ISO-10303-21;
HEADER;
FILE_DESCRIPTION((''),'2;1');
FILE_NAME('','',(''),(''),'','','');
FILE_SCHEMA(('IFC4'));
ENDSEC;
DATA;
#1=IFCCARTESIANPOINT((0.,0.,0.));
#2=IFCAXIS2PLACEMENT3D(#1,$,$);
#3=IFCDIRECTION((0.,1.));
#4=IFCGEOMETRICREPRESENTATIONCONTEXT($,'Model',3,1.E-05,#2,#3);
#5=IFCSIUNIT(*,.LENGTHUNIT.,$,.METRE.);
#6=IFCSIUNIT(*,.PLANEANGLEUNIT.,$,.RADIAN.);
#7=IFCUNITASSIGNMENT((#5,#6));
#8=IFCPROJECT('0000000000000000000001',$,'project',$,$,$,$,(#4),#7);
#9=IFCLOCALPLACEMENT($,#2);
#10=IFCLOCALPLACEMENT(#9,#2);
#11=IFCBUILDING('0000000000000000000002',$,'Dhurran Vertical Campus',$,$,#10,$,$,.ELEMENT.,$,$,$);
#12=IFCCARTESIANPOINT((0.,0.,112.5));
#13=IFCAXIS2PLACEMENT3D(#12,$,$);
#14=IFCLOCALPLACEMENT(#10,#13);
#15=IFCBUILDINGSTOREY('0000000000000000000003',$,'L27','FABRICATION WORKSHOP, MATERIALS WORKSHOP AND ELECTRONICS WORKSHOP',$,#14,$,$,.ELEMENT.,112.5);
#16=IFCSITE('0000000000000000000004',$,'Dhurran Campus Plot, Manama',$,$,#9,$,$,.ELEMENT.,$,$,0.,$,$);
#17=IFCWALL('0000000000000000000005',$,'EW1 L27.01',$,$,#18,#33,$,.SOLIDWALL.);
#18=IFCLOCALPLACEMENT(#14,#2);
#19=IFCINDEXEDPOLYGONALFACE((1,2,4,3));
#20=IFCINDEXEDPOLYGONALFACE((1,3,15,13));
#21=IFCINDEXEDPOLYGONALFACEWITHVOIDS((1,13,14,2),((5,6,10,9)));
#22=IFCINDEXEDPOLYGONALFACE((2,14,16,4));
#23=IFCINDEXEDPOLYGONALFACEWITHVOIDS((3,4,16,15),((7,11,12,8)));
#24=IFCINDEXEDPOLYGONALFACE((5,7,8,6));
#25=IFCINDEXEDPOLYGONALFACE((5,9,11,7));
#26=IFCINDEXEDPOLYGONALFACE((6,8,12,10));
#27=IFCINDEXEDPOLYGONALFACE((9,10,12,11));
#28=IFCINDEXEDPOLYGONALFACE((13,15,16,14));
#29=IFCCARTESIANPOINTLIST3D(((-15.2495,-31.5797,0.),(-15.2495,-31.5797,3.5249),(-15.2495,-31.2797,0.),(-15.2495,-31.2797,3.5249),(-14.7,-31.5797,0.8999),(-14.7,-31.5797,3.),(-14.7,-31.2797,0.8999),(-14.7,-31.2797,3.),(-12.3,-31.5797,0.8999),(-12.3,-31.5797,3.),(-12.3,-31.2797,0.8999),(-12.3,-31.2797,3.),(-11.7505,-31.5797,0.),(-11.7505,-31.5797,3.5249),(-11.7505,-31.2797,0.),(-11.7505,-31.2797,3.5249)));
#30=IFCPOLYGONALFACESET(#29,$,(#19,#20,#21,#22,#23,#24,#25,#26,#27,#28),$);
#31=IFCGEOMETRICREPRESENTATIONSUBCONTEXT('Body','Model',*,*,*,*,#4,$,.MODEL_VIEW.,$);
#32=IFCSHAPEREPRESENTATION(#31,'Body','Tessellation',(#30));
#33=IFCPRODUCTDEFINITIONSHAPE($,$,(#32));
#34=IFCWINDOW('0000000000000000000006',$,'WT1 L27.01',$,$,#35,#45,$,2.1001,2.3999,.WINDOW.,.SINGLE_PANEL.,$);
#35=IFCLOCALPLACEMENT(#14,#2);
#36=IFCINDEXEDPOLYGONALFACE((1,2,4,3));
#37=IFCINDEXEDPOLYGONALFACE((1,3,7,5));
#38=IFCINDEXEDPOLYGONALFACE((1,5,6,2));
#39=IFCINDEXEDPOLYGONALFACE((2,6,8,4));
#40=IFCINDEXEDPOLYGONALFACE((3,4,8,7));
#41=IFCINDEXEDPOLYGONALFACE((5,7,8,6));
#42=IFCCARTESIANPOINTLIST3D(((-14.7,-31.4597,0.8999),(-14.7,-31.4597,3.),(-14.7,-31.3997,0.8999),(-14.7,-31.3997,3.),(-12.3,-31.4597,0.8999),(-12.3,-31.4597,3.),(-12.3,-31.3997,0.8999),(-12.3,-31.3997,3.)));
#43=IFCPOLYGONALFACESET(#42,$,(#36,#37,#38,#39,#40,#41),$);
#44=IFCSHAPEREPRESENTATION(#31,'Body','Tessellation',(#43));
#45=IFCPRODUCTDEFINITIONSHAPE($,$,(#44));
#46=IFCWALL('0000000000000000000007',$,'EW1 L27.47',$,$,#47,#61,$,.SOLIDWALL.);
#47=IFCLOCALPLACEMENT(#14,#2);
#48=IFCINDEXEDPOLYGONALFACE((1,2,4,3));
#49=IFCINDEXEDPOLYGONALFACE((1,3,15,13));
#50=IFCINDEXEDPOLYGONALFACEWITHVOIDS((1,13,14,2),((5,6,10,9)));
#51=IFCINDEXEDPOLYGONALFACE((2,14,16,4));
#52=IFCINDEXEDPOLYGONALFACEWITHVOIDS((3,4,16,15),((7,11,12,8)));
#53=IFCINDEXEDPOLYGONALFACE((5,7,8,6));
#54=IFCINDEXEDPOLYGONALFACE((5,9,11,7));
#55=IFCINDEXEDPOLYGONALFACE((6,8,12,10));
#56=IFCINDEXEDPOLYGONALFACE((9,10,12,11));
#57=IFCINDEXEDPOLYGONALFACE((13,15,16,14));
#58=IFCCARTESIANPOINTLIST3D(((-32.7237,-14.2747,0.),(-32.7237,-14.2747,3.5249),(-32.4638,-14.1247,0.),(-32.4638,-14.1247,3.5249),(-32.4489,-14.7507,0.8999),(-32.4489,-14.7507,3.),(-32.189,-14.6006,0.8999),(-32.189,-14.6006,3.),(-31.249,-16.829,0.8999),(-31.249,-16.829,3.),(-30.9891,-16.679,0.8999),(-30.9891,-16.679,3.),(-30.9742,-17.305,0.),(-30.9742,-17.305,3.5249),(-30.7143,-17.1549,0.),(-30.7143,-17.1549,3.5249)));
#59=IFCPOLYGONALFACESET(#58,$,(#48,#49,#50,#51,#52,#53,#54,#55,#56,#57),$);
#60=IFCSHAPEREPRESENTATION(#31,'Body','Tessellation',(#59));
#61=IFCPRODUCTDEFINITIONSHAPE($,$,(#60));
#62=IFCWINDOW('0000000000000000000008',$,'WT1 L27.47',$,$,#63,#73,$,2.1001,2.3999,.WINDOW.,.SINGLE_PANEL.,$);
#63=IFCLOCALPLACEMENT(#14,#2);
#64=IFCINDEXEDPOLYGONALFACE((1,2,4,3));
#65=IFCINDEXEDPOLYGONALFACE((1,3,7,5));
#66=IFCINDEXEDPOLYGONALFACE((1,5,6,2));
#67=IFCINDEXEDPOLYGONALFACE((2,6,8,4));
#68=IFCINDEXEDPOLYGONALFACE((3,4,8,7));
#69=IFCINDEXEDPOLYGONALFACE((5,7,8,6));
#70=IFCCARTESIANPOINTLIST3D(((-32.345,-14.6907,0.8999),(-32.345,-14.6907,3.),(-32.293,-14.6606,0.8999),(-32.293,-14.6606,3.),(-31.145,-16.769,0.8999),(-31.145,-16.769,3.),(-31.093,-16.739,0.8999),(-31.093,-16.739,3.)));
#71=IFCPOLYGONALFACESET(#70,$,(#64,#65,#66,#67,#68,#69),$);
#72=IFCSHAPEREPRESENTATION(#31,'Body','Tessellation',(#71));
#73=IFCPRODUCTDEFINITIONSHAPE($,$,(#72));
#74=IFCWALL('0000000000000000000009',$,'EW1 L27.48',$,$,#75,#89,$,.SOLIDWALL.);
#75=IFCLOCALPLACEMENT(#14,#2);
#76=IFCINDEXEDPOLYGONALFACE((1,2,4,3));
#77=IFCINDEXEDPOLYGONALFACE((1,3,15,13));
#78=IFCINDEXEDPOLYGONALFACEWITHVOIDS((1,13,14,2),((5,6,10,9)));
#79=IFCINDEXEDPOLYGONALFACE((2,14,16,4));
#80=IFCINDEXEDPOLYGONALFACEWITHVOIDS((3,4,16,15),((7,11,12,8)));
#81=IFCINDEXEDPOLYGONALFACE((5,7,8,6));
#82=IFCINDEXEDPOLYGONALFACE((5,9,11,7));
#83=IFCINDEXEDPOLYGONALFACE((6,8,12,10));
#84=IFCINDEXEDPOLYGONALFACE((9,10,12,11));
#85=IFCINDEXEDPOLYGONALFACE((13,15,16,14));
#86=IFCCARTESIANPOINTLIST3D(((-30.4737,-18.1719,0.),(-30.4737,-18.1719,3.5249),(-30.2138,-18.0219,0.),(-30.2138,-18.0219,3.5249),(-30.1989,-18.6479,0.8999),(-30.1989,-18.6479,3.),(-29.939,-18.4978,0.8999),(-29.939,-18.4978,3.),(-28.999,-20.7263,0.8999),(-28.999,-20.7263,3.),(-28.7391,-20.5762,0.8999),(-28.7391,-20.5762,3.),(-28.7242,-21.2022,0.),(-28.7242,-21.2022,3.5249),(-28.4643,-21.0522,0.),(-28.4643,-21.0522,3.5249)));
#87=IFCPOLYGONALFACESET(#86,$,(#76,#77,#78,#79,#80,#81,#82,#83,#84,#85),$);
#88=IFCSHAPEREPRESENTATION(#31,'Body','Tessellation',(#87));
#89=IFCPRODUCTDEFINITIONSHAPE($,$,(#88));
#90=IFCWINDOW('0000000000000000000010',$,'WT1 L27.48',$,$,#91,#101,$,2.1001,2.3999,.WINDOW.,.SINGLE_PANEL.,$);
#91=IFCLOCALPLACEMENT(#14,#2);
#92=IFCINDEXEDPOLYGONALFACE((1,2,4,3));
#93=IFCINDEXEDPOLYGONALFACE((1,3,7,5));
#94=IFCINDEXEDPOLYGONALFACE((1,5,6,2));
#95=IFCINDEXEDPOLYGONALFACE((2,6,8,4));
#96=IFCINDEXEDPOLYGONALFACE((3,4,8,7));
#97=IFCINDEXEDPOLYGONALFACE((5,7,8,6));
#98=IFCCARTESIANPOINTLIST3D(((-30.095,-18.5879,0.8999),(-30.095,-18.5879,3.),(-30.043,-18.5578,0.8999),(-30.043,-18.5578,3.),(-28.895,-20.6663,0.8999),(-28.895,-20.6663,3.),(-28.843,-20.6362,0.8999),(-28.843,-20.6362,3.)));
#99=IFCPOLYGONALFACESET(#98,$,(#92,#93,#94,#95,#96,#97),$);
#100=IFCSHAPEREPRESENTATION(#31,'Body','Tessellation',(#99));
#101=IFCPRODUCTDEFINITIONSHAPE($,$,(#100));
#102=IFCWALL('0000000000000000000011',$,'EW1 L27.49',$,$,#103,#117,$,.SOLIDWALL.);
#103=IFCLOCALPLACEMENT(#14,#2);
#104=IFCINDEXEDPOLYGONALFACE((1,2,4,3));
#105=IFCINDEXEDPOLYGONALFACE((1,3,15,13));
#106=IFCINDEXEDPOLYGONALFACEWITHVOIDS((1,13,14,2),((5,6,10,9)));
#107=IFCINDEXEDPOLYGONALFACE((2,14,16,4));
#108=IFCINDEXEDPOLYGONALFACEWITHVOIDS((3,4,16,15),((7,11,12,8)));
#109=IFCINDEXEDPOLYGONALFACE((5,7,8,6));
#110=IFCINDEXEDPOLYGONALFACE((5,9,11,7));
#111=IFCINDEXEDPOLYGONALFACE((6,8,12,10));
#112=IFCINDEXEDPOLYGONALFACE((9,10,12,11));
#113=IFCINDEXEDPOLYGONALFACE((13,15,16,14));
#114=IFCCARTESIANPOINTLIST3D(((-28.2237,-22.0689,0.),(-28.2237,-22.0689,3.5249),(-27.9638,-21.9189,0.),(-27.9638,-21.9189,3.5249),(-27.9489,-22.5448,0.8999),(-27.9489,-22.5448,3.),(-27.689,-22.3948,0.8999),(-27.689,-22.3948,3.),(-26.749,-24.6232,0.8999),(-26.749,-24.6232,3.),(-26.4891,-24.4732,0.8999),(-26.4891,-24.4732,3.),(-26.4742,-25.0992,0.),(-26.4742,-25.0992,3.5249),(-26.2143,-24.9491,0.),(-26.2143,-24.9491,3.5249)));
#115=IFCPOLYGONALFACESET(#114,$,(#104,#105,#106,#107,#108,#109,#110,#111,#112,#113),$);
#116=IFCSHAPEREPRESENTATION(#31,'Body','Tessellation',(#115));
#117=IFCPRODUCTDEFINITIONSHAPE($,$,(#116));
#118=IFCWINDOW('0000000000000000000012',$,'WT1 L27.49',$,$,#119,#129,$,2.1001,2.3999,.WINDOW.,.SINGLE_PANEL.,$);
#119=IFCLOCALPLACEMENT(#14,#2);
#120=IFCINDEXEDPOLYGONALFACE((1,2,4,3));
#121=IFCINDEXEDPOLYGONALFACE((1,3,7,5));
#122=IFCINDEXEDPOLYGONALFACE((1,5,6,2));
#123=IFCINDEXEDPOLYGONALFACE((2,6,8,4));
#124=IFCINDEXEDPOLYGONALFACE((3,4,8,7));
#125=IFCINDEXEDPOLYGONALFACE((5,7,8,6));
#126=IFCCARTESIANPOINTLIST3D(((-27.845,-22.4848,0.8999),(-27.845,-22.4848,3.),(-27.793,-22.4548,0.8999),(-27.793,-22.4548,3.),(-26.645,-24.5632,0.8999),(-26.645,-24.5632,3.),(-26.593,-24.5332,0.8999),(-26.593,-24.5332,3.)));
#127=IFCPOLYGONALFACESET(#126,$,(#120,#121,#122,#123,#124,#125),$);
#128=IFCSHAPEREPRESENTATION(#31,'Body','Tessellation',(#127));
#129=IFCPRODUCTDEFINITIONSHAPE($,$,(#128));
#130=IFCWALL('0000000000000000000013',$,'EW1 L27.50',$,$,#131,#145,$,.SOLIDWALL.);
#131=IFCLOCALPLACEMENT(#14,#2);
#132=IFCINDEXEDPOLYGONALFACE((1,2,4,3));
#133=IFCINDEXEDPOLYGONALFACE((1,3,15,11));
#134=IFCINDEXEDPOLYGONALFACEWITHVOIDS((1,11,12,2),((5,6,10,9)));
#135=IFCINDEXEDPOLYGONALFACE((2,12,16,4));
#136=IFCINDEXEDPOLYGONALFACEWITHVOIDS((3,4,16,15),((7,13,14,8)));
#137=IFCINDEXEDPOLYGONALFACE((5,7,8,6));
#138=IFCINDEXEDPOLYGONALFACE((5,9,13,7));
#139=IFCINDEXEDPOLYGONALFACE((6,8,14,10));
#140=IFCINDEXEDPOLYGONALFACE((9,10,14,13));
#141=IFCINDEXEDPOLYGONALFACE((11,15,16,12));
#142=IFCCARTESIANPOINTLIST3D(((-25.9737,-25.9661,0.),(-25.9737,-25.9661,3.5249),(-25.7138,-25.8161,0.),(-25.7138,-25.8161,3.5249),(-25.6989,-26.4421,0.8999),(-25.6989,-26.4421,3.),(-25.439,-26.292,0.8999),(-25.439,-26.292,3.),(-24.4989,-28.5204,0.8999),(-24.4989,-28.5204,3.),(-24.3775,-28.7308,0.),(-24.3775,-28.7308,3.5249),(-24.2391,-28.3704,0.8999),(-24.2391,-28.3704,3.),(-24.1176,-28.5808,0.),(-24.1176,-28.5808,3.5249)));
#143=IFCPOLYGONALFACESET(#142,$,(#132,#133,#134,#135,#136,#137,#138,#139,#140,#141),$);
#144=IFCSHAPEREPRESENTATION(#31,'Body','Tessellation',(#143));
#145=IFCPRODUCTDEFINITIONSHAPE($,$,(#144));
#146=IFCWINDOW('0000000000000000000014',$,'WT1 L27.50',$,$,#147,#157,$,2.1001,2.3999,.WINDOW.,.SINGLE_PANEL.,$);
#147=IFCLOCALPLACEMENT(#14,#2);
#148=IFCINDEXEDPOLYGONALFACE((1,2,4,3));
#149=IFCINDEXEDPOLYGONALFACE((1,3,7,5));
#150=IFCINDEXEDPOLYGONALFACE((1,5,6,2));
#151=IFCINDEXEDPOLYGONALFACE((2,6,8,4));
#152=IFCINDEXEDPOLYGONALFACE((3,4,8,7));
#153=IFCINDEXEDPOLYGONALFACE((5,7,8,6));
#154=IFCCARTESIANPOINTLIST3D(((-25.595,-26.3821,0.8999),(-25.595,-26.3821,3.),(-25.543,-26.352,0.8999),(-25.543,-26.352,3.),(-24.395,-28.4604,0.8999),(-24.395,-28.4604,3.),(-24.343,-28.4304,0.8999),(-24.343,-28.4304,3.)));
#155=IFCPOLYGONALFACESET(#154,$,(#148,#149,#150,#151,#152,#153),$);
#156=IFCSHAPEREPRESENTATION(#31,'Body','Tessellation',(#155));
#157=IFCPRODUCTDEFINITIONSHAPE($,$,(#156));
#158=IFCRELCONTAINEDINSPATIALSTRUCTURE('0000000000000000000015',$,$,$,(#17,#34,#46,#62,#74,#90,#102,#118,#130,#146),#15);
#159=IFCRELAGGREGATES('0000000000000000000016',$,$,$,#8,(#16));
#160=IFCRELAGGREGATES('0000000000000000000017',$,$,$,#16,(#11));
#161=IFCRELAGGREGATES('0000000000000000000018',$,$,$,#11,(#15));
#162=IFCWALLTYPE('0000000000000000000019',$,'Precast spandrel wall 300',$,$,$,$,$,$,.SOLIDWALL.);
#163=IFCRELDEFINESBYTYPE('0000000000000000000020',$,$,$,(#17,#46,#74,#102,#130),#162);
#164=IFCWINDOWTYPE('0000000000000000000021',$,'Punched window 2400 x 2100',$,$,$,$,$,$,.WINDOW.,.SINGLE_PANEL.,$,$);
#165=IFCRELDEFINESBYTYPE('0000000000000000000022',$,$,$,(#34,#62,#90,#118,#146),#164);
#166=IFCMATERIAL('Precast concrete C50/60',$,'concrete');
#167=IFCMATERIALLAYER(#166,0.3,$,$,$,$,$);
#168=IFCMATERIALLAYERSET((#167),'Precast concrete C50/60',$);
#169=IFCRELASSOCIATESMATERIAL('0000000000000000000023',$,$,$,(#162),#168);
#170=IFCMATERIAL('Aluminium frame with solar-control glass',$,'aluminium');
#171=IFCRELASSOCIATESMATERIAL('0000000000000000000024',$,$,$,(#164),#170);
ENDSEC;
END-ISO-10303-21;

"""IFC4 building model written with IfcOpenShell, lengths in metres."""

from ifc_helpers import new_model, si_unit, direction, frame, frame_2d, origin, place, context, subcontext, project, spatial, rectangle, extrude, material, layer, layer_set, type_object, element, fill, save


model = new_model("IFC4")

# Units and contexts
model_context = context("Model", 3, precision=1e-05, world=origin(), true_north=direction((0.0, 1.0)))
body_context = subcontext(model_context, "Body", "Model", "MODEL_VIEW")
ifc_project = project(units=[si_unit("LENGTHUNIT", "METRE"), si_unit("PLANEANGLEUNIT", "RADIAN")], contexts=[model_context])

# Site, building, storey
site_placement = place(None, origin())
site = spatial("IfcSite", under=ifc_project, at=site_placement, Name="Dhurran Campus Plot, Manama", CompositionType="ELEMENT", RefElevation=0.0)
building_placement = place(site_placement, origin())
building = spatial("IfcBuilding", under=site, at=building_placement, Name="Dhurran Vertical Campus", CompositionType="ELEMENT")
storey_placement = place(building_placement, frame((0.0, 0.0, 112.5)))
storey = spatial("IfcBuildingStorey", under=building, at=storey_placement, Name="L27", Description="FABRICATION WORKSHOP, MATERIALS WORKSHOP AND ELECTRONICS WORKSHOP", CompositionType="ELEMENT", Elevation=112.5)

# Walls, openings, windows
ifc_material_1 = material(Name="Precast concrete C50/60", Category="concrete")
ifc_layer_1 = layer(ifc_material_1, 0.3)
ifc_layer_set_1 = layer_set([ifc_layer_1], Name="Precast concrete C50/60")
wall_type_1 = type_object("IfcWallType", Name="Precast spandrel wall 300", PredefinedType="SOLIDWALL", material=ifc_layer_set_1)
ifc_material_2 = material(Name="Aluminium frame with solar-control glass", Category="aluminium")
window_type = type_object("IfcWindowType", Name="Punched window 2400 x 2100", PartitioningType="SINGLE_PANEL", PredefinedType="WINDOW", material=ifc_material_2)
wall_1_placement = place(storey_placement, frame((-15.2495, -31.4297, 0.0), z_axis=(0.0, 0.0, 1.0), x_axis=(1.0, 0.0, 0.0)))
wall_1 = element("IfcWall", 1, at=wall_1_placement, inside=storey, type_object=wall_type_1, Name="EW1 L27.01", PredefinedType="SOLIDWALL", context=body_context, shape_type="SweptSolid", body=[
    extrude(rectangle(XDim=3.499, YDim=0.3, at=frame_2d((1.7495, 0.0))), origin(), (0.0, 0.0, 1.0), 3.5249),
])
opening_1_placement = place(wall_1_placement, frame((0.5496, 0.0, 0.8999)))
opening_1 = element("IfcOpeningElement", 2, at=opening_1_placement, cuts=wall_1, PredefinedType="OPENING", context=body_context, shape_type="SweptSolid", body=[
    extrude(rectangle(XDim=2.3999, YDim=2.1001, at=frame_2d((1.2, 1.05))), frame((0.0, 0.1599, 0.0), z_axis=(0.0, -1.0, 0.0), x_axis=(1.0, 0.0, 0.0)), (0.0, 0.0, 1.0), 0.3201),
])
window_1_placement = place(opening_1_placement, origin())
window_1 = element("IfcWindow", 3, at=window_1_placement, inside=storey, type_object=window_type, Name="WT1 L27.01", OverallHeight=2.1001, OverallWidth=2.3999, PartitioningType="SINGLE_PANEL", PredefinedType="WINDOW", context=body_context, shape_type="SweptSolid", body=[
    extrude(rectangle(XDim=2.3999, YDim=2.1001, at=frame_2d((1.2, 1.05))), frame((0.0, 0.03, 0.0), z_axis=(0.0, -1.0, 0.0), x_axis=(1.0, 0.0, 0.0)), (0.0, 0.0, 1.0), 0.0601),
])
fill(opening_1, window_1)
wall_2_placement = place(storey_placement, frame((-32.5938, -14.1997, 0.0), z_axis=(0.0, 0.0, 1.0), x_axis=(0.499996, -0.866028, 0.0)))
wall_2 = element("IfcWall", 4, at=wall_2_placement, inside=storey, type_object=wall_type_1, Name="EW1 L27.47", PredefinedType="SOLIDWALL", context=body_context, shape_type="SweptSolid", body=[
    extrude(rectangle(XDim=3.499, YDim=0.3, at=frame_2d((1.7495, 0.0))), origin(), (0.0, 0.0, 1.0), 3.5249),
])
opening_2_placement = place(wall_2_placement, frame((0.5496, 0.0, 0.8999)))
opening_2 = element("IfcOpeningElement", 5, at=opening_2_placement, cuts=wall_2, PredefinedType="OPENING", context=body_context, shape_type="SweptSolid", body=[
    extrude(rectangle(XDim=2.3999, YDim=2.1001, at=frame_2d((1.2, 1.05))), frame((0.0, 0.1599, 0.0), z_axis=(0.0, -1.0, 0.0), x_axis=(1.0, 0.0, 0.0)), (0.0, 0.0, 1.0), 0.3201),
])
window_2_placement = place(opening_2_placement, origin())
window_2 = element("IfcWindow", 6, at=window_2_placement, inside=storey, type_object=window_type, Name="WT1 L27.47", OverallHeight=2.1001, OverallWidth=2.3999, PartitioningType="SINGLE_PANEL", PredefinedType="WINDOW", context=body_context, shape_type="SweptSolid", body=[
    extrude(rectangle(XDim=2.3999, YDim=2.1001, at=frame_2d((1.2, 1.05))), frame((0.0, 0.03, 0.0), z_axis=(0.0, -1.0, 0.0), x_axis=(1.0, 0.0, 0.0)), (0.0, 0.0, 1.0), 0.0601),
])
fill(opening_2, window_2)
wall_3_placement = place(storey_placement, frame((-30.3438, -18.0969, 0.0), z_axis=(0.0, 0.0, 1.0), x_axis=(0.499996, -0.866028, 0.0)))
wall_3 = element("IfcWall", 7, at=wall_3_placement, inside=storey, type_object=wall_type_1, Name="EW1 L27.48", PredefinedType="SOLIDWALL", context=body_context, shape_type="SweptSolid", body=[
    extrude(rectangle(XDim=3.499, YDim=0.3, at=frame_2d((1.7495, 0.0))), origin(), (0.0, 0.0, 1.0), 3.5249),
])
opening_3_placement = place(wall_3_placement, frame((0.5496, 0.0, 0.8999)))
opening_3 = element("IfcOpeningElement", 8, at=opening_3_placement, cuts=wall_3, PredefinedType="OPENING", context=body_context, shape_type="SweptSolid", body=[
    extrude(rectangle(XDim=2.3999, YDim=2.1001, at=frame_2d((1.2, 1.05))), frame((0.0, 0.1599, 0.0), z_axis=(0.0, -1.0, 0.0), x_axis=(1.0, 0.0, 0.0)), (0.0, 0.0, 1.0), 0.3201),
])
window_3_placement = place(opening_3_placement, origin())
window_3 = element("IfcWindow", 9, at=window_3_placement, inside=storey, type_object=window_type, Name="WT1 L27.48", OverallHeight=2.1001, OverallWidth=2.3999, PartitioningType="SINGLE_PANEL", PredefinedType="WINDOW", context=body_context, shape_type="SweptSolid", body=[
    extrude(rectangle(XDim=2.3999, YDim=2.1001, at=frame_2d((1.2, 1.05))), frame((0.0, 0.03, 0.0), z_axis=(0.0, -1.0, 0.0), x_axis=(1.0, 0.0, 0.0)), (0.0, 0.0, 1.0), 0.0601),
])
fill(opening_3, window_3)
wall_4_placement = place(storey_placement, frame((-28.0938, -21.9939, 0.0), z_axis=(0.0, 0.0, 1.0), x_axis=(0.499996, -0.866028, 0.0)))
wall_4 = element("IfcWall", 10, at=wall_4_placement, inside=storey, type_object=wall_type_1, Name="EW1 L27.49", PredefinedType="SOLIDWALL", context=body_context, shape_type="SweptSolid", body=[
    extrude(rectangle(XDim=3.499, YDim=0.3, at=frame_2d((1.7495, 0.0))), origin(), (0.0, 0.0, 1.0), 3.5249),
])
opening_4_placement = place(wall_4_placement, frame((0.5496, 0.0, 0.8999)))
opening_4 = element("IfcOpeningElement", 11, at=opening_4_placement, cuts=wall_4, PredefinedType="OPENING", context=body_context, shape_type="SweptSolid", body=[
    extrude(rectangle(XDim=2.3999, YDim=2.1001, at=frame_2d((1.2, 1.05))), frame((0.0, 0.1599, 0.0), z_axis=(0.0, -1.0, 0.0), x_axis=(1.0, 0.0, 0.0)), (0.0, 0.0, 1.0), 0.3201),
])
window_4_placement = place(opening_4_placement, origin())
window_4 = element("IfcWindow", 12, at=window_4_placement, inside=storey, type_object=window_type, Name="WT1 L27.49", OverallHeight=2.1001, OverallWidth=2.3999, PartitioningType="SINGLE_PANEL", PredefinedType="WINDOW", context=body_context, shape_type="SweptSolid", body=[
    extrude(rectangle(XDim=2.3999, YDim=2.1001, at=frame_2d((1.2, 1.05))), frame((0.0, 0.03, 0.0), z_axis=(0.0, -1.0, 0.0), x_axis=(1.0, 0.0, 0.0)), (0.0, 0.0, 1.0), 0.0601),
])
fill(opening_4, window_4)
wall_5_placement = place(storey_placement, frame((-25.8438, -25.8911, 0.0), z_axis=(0.0, 0.0, 1.0), x_axis=(0.500005, -0.866023, 0.0)))
wall_5 = element("IfcWall", 13, at=wall_5_placement, inside=storey, type_object=wall_type_1, Name="EW1 L27.50", PredefinedType="SOLIDWALL", context=body_context, shape_type="SweptSolid", body=[
    extrude(rectangle(XDim=3.1924, YDim=0.3, at=frame_2d((1.5962, 0.0))), origin(), (0.0, 0.0, 1.0), 3.5249),
])
opening_5_placement = place(wall_5_placement, frame((0.5496, 0.0, 0.8999)))
opening_5 = element("IfcOpeningElement", 14, at=opening_5_placement, cuts=wall_5, PredefinedType="OPENING", context=body_context, shape_type="SweptSolid", body=[
    extrude(rectangle(XDim=2.3999, YDim=2.1001, at=frame_2d((1.2, 1.05))), frame((0.0, 0.1599, 0.0), z_axis=(0.0, -1.0, 0.0), x_axis=(1.0, 0.0, 0.0)), (0.0, 0.0, 1.0), 0.3201),
])
window_5_placement = place(opening_5_placement, origin())
window_5 = element("IfcWindow", 15, at=window_5_placement, inside=storey, type_object=window_type, Name="WT1 L27.50", OverallHeight=2.1001, OverallWidth=2.3999, PartitioningType="SINGLE_PANEL", PredefinedType="WINDOW", context=body_context, shape_type="SweptSolid", body=[
    extrude(rectangle(XDim=2.3999, YDim=2.1001, at=frame_2d((1.2, 1.05))), frame((0.0, 0.03, 0.0), z_axis=(0.0, -1.0, 0.0), x_axis=(1.0, 0.0, 0.0)), (0.0, 0.0, 1.0), 0.0601),
])
fill(opening_5, window_5)

save(model, "model.ifc")
